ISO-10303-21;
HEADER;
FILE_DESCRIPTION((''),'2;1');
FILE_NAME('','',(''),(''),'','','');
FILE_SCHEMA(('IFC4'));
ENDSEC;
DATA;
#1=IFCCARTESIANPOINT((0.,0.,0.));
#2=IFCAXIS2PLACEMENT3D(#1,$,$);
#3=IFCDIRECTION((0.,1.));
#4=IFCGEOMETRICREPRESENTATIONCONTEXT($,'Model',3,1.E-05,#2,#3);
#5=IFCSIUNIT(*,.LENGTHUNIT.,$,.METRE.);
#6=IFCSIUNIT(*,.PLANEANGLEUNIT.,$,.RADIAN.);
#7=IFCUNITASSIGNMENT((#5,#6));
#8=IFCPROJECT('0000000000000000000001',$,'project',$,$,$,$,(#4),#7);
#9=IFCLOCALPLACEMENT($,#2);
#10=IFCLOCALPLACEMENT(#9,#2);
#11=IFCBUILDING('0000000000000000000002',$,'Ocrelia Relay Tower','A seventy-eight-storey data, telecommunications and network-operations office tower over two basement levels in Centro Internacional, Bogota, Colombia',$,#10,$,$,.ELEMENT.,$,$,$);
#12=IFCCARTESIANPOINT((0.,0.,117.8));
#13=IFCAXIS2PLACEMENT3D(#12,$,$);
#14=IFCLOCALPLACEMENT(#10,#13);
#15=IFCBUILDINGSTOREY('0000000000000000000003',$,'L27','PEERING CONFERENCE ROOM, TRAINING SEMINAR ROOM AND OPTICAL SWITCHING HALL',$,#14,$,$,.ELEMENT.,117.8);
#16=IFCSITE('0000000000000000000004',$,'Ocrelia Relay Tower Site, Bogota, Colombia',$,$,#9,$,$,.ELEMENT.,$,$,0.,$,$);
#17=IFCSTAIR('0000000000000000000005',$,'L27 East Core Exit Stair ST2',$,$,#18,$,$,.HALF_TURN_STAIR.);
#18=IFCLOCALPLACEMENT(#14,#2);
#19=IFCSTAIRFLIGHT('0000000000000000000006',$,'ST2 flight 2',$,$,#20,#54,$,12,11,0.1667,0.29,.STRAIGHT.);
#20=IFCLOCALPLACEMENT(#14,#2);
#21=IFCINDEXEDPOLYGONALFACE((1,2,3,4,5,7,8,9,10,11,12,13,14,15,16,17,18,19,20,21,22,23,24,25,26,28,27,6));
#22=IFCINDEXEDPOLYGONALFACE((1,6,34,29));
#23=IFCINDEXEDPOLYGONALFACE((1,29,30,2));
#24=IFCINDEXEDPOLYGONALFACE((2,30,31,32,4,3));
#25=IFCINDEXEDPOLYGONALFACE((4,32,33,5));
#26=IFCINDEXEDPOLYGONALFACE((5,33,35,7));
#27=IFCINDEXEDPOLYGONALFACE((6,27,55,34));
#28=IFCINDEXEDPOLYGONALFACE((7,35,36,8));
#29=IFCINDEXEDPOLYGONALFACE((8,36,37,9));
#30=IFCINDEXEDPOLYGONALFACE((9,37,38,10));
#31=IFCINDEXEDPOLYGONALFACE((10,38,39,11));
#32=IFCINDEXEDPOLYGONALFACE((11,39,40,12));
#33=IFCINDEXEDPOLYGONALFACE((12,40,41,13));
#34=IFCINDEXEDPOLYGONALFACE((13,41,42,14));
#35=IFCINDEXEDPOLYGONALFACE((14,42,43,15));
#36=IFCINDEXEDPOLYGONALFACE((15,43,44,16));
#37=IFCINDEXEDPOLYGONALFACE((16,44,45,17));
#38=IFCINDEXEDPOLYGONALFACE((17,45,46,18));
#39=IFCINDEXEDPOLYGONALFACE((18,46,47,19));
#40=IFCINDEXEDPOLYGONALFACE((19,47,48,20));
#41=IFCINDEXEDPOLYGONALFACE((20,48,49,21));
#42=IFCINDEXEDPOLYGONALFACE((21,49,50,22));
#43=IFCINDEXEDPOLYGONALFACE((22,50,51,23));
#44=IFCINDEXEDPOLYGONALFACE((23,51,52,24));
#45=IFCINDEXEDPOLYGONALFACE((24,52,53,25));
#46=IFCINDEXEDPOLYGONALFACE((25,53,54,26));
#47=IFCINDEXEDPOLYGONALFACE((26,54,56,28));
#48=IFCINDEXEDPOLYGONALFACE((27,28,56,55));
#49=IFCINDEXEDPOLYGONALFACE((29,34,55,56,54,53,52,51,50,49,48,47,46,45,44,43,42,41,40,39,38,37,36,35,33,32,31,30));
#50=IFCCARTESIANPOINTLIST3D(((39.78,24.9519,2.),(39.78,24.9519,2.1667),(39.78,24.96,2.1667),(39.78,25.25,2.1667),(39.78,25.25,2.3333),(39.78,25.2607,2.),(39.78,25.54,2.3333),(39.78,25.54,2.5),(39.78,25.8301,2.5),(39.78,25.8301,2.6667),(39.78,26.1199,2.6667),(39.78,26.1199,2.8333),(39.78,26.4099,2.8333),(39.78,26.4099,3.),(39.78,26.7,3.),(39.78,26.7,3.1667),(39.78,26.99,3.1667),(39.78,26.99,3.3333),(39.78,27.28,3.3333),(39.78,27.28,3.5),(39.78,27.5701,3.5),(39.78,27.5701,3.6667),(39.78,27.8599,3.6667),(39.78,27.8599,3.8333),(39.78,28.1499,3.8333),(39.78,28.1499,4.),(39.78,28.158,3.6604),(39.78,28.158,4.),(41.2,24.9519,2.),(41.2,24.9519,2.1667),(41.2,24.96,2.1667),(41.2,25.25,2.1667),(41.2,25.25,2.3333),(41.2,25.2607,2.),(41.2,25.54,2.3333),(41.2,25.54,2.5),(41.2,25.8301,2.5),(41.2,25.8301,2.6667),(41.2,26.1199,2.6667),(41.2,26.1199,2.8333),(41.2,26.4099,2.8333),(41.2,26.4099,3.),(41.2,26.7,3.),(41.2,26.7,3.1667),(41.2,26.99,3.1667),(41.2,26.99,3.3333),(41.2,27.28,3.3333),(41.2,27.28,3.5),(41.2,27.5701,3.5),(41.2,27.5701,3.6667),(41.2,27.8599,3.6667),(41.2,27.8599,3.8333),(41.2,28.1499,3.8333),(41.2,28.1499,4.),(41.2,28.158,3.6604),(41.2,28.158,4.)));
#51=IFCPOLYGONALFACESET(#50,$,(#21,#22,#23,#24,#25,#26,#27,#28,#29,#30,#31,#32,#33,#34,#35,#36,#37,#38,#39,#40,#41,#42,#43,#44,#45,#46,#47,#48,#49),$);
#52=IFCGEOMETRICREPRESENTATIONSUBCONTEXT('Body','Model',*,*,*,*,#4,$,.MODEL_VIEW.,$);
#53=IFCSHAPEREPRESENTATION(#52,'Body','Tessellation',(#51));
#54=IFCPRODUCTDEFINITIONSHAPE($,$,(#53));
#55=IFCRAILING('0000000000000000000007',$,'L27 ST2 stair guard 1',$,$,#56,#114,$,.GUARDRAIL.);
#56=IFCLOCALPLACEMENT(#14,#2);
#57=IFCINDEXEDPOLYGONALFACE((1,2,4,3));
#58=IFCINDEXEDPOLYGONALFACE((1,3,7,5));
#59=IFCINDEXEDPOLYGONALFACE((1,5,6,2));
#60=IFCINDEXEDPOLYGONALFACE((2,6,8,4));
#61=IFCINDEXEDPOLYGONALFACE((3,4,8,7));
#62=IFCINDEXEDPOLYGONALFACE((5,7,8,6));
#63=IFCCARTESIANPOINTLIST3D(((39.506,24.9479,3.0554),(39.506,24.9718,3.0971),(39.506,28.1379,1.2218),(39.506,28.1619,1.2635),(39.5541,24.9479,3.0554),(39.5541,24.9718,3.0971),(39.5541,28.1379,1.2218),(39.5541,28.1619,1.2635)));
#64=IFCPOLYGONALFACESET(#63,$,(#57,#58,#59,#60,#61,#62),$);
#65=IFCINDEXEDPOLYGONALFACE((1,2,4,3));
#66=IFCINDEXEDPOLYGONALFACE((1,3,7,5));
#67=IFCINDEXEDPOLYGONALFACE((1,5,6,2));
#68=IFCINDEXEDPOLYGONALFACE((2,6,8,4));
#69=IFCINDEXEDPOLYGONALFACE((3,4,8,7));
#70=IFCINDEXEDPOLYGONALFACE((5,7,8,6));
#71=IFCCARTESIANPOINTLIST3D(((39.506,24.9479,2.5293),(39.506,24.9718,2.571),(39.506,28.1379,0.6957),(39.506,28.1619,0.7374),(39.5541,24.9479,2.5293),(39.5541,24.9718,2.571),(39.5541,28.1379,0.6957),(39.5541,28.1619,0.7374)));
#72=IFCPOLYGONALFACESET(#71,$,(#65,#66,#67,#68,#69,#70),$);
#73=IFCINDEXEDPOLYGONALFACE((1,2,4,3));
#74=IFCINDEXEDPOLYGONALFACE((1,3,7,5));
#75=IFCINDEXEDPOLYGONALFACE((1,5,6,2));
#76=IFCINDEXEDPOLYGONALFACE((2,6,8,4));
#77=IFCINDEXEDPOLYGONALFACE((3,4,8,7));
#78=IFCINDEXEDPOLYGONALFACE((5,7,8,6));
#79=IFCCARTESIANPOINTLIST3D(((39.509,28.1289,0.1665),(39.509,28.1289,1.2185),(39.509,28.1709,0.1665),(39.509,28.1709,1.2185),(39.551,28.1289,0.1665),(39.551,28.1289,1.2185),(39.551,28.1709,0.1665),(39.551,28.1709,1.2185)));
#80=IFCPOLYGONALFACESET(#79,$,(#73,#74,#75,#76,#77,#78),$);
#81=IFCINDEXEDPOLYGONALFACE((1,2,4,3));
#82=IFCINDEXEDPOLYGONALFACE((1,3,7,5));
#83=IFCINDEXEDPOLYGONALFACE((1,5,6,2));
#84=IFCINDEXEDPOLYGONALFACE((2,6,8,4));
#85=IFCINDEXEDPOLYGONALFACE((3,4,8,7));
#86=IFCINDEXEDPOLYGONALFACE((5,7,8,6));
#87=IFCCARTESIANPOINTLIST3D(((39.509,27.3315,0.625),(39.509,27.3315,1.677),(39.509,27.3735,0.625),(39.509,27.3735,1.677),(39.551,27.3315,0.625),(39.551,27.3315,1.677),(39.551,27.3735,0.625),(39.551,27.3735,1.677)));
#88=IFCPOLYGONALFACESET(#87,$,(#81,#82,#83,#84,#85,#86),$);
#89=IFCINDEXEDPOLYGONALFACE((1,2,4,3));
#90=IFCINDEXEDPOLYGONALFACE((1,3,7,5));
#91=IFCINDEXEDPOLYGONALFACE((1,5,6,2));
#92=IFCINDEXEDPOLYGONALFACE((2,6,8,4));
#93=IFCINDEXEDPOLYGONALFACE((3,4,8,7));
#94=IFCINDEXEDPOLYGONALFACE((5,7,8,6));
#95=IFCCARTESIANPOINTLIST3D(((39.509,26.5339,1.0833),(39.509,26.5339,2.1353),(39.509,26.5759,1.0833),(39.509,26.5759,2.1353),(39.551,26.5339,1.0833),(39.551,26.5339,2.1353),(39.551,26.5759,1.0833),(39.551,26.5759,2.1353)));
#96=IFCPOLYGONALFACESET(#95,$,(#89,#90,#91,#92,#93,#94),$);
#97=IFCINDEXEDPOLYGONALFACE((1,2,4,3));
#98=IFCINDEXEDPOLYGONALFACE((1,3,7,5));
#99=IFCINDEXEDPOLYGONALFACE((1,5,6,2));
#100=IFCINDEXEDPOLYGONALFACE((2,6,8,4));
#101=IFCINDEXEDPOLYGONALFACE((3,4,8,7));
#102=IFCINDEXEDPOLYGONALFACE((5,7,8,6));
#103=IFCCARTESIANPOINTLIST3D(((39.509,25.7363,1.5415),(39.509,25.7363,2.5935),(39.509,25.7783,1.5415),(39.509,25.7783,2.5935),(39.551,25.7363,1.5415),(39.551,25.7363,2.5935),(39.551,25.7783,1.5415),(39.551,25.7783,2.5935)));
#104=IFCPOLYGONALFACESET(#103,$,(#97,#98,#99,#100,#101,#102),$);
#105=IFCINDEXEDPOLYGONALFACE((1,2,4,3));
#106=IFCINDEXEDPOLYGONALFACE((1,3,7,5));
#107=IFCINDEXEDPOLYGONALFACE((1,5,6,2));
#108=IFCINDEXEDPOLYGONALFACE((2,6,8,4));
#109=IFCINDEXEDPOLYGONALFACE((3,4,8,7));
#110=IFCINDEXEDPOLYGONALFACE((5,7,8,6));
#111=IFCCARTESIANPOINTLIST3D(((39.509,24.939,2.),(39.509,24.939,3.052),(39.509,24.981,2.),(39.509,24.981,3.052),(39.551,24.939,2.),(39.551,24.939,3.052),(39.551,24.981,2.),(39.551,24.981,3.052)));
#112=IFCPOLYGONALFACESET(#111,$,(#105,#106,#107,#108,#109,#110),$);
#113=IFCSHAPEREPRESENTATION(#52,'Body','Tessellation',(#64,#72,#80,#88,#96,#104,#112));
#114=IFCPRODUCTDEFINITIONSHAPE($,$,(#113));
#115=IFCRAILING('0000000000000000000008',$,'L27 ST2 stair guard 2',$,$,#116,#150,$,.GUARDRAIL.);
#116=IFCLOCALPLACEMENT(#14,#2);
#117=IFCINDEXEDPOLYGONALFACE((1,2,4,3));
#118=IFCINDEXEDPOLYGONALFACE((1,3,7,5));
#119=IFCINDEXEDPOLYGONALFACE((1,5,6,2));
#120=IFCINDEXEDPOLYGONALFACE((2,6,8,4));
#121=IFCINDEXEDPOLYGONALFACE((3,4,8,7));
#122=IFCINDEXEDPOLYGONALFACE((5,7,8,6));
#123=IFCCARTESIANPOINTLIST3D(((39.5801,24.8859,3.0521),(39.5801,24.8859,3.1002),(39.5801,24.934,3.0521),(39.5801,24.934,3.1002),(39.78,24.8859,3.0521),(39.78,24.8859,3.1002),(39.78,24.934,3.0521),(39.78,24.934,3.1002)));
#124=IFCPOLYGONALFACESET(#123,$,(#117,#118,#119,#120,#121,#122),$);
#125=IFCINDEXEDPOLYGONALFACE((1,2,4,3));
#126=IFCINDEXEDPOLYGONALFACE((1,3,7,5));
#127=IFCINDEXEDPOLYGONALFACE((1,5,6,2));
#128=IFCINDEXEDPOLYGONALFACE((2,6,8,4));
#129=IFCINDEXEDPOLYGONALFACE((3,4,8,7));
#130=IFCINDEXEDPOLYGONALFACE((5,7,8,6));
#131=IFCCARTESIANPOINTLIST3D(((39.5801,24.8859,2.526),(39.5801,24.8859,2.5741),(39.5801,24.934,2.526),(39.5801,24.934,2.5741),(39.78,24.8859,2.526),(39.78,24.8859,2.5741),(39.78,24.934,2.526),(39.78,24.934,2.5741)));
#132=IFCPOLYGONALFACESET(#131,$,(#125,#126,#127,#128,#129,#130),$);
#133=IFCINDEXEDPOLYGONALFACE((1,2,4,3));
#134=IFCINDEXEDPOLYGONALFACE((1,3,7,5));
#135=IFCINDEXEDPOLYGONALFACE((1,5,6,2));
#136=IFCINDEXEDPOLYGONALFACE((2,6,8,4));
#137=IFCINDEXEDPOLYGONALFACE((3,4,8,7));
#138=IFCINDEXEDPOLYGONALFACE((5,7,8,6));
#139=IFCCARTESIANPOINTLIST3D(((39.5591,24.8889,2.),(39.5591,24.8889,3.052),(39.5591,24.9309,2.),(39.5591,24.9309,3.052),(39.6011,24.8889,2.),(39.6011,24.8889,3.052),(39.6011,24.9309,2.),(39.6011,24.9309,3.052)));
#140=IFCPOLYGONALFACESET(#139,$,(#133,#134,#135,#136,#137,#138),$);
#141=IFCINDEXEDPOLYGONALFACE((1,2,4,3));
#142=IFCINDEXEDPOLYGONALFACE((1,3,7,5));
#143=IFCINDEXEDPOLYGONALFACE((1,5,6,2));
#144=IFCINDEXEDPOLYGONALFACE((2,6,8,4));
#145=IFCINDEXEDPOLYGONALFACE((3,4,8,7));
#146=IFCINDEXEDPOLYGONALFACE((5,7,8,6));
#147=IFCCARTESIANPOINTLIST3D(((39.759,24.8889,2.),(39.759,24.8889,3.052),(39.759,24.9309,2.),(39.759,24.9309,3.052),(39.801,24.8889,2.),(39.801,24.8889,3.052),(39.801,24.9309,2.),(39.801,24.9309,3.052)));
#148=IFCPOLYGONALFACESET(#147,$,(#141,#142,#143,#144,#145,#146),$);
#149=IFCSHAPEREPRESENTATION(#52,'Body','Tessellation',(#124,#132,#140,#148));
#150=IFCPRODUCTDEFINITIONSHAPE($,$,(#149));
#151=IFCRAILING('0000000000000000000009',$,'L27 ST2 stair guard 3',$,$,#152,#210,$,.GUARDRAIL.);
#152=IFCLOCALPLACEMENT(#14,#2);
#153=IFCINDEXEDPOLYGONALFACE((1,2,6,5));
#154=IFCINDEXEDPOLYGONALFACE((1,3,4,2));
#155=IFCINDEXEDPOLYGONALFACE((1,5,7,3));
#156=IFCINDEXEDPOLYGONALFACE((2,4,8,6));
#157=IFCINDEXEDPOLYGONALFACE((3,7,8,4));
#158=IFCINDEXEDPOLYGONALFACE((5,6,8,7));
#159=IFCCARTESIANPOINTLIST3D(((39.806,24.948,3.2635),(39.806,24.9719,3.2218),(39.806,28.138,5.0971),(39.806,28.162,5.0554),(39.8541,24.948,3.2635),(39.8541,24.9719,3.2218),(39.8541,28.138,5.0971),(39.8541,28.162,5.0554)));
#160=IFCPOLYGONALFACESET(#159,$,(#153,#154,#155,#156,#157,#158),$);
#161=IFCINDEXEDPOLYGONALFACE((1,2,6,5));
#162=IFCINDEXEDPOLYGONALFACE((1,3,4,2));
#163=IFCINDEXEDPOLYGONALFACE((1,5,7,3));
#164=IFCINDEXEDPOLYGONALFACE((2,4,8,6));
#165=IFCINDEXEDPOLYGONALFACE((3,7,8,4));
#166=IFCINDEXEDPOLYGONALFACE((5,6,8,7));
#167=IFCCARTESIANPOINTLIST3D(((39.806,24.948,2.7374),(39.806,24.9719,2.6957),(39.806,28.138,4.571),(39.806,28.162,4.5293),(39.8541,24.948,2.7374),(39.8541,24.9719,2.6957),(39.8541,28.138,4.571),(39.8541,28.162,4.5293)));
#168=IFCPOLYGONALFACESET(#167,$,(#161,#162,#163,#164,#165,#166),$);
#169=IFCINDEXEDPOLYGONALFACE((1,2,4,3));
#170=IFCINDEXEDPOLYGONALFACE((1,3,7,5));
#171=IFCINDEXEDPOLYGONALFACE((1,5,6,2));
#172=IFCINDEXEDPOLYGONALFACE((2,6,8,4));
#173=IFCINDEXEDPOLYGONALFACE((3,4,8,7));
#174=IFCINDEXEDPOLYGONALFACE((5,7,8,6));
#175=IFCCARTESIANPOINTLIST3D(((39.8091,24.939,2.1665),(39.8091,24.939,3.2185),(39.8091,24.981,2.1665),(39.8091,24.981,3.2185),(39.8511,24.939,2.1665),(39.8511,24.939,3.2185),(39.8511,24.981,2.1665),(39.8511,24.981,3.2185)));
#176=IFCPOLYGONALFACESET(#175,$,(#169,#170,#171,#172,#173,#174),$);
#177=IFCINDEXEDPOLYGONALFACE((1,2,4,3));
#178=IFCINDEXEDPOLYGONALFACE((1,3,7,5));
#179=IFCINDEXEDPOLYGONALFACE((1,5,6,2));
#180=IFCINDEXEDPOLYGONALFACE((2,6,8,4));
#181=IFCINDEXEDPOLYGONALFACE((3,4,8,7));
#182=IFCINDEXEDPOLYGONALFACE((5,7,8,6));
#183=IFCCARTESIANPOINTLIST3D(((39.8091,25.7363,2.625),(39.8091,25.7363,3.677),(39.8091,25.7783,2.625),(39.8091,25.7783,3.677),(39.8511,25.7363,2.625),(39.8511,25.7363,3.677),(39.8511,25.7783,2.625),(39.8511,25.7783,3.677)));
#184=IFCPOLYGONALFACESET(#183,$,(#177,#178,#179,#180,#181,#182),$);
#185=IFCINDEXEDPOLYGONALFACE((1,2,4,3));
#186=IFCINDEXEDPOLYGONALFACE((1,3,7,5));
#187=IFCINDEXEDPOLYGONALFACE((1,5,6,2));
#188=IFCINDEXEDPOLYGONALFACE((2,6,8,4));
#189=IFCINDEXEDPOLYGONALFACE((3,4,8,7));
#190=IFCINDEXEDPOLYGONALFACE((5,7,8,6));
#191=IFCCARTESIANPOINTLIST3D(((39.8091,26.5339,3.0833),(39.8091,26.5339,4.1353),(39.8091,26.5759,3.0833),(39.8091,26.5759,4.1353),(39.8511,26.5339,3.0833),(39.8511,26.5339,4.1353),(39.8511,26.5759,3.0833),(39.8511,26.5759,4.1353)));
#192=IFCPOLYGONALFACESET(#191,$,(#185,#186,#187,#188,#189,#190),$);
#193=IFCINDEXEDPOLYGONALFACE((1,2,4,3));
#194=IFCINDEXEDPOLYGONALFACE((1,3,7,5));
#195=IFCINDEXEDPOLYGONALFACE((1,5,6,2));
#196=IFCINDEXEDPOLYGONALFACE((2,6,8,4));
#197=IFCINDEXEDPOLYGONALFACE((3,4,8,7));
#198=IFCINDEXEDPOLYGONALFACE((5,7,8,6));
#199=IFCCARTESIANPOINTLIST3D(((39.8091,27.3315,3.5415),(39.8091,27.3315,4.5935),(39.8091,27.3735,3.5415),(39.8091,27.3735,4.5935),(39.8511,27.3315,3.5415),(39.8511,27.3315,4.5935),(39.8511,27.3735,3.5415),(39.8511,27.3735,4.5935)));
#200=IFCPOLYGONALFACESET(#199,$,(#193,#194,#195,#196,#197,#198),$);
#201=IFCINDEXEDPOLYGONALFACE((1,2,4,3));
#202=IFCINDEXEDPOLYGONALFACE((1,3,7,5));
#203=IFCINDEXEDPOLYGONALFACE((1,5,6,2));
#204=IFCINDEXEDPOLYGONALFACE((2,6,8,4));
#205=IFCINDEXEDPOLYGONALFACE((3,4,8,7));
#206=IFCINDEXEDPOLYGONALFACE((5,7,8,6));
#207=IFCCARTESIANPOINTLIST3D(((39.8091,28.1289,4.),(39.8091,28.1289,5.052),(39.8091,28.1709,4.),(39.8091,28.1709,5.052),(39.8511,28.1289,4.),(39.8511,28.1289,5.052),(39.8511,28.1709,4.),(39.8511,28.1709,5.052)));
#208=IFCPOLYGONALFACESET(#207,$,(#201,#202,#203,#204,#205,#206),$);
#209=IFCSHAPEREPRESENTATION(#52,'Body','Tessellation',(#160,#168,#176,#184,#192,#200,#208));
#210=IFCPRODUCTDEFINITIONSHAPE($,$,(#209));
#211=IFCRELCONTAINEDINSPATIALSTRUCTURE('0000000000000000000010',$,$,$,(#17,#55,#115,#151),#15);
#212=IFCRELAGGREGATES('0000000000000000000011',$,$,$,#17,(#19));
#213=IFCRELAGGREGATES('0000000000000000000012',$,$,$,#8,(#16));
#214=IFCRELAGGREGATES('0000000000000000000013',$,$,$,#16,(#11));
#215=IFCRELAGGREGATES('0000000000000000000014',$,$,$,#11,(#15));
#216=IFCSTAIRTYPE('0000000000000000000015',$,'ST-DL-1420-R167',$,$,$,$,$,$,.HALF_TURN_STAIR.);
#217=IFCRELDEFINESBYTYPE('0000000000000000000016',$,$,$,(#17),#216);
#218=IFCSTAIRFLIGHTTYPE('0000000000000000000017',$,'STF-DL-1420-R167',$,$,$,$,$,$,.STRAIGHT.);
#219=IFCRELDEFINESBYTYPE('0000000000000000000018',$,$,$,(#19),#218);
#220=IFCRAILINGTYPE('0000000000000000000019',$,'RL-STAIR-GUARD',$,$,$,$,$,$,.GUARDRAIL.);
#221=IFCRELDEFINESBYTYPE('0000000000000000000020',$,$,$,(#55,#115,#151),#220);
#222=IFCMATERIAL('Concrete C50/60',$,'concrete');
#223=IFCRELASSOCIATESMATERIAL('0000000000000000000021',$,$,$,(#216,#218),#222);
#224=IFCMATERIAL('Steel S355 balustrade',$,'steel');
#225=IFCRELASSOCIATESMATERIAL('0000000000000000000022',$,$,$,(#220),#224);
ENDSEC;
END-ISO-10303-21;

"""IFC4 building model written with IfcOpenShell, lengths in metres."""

from ifc_helpers import new_model, si_unit, direction, frame, origin, origin_2d, place, context, subcontext, project, spatial, polyline, rectangle, outline, extrude, material, type_object, element, aggregate, save


model = new_model("IFC4")

# Units and contexts
model_context = context("Model", 3, precision=1e-05, world=origin(), true_north=direction((0.0, 1.0)))
body_context = subcontext(model_context, "Body", "Model", "MODEL_VIEW")
ifc_project = project(units=[si_unit("LENGTHUNIT", "METRE"), si_unit("PLANEANGLEUNIT", "RADIAN")], contexts=[model_context])

# Site, building, storey
site_placement = place(None, origin())
site = spatial("IfcSite", under=ifc_project, at=site_placement, Name="Ocrelia Relay Tower Site, Bogota, Colombia", CompositionType="ELEMENT", RefElevation=0.0)
building_placement = place(site_placement, origin())
building = spatial("IfcBuilding", under=site, at=building_placement, Name="Ocrelia Relay Tower", Description="A seventy-eight-storey data, telecommunications and network-operations office tower over two basement levels in Centro Internacional, Bogota, Colombia", CompositionType="ELEMENT")
storey_placement = place(building_placement, frame((0.0, 0.0, 117.8)))
storey = spatial("IfcBuildingStorey", under=building, at=storey_placement, Name="L27", Description="PEERING CONFERENCE ROOM, TRAINING SEMINAR ROOM AND OPTICAL SWITCHING HALL", CompositionType="ELEMENT", Elevation=117.8)

# Shared definitions
ifc_material_1 = material(Name="Concrete C50/60", Category="concrete")

# Stair, stair flight
stair_type = type_object("IfcStairType", Name="ST-DL-1420-R167", PredefinedType="HALF_TURN_STAIR", material=ifc_material_1)
stair_placement = place(storey_placement, origin())
stair = element("IfcStair", 1, at=stair_placement, inside=storey, type_object=stair_type, Name="L27 East Core Exit Stair ST2", PredefinedType="HALF_TURN_STAIR")
stair_flight_type = type_object("IfcStairFlightType", Name="STF-DL-1420-R167", PredefinedType="STRAIGHT", material=ifc_material_1)
stair_flight_1_placement = place(storey_placement, frame((40.49, 24.96, 2.0), z_axis=(0.0, 0.0, 1.0), x_axis=(0.0, 1.0, 0.0)))
stair_flight_1 = element("IfcStairFlight", 2, at=stair_flight_1_placement, type_object=stair_flight_type, Name="ST2 flight 2", NumberOfRisers=12, NumberOfTreads=11, PredefinedType="STRAIGHT", RiserHeight=0.1667, TreadLength=0.29, context=body_context, shape_type="SweptSolid", body=[
    extrude(outline(polyline([(-0.0081, 0.0), (-0.0081, 0.1667), (0.0, 0.1667), (0.29, 0.1667), (0.29, 0.3333), (0.5801, 0.3333), (0.5801, 0.5), (0.8701, 0.5), (0.8701, 0.6667), (1.1599, 0.6667), (1.1599, 0.8333), (1.45, 0.8333), (1.45, 1.0), (1.74, 1.0), (1.74, 1.1667), (2.03, 1.1667), (2.03, 1.3333), (2.3201, 1.3333), (2.3201, 1.5), (2.6101, 1.5), (2.6101, 1.6667), (2.8999, 1.6667), (2.8999, 1.8333), (3.1899, 1.8333), (3.1899, 2.0), (3.198, 2.0), (3.198, 1.6604), (0.3008, 0.0), (-0.0081, 0.0)])), frame((0.0, 0.71, 0.0), z_axis=(0.0, -1.0, 0.0), x_axis=(1.0, 0.0, 0.0)), (0.0, 0.0, 1.0), 1.4199),
])
aggregate(stair, [stair_flight_1])

# Railings
ifc_material_2 = material(Name="Steel S355 balustrade", Category="steel")
railing_type_1 = type_object("IfcRailingType", Name="RL-STAIR-GUARD", PredefinedType="GUARDRAIL", material=ifc_material_2)
railing_1_placement = place(storey_placement, frame((39.53, 28.1499, 0.1665)))
element("IfcRailing", 3, at=railing_1_placement, inside=storey, type_object=railing_type_1, Name="L27 ST2 stair guard 1", PredefinedType="GUARDRAIL", context=body_context, shape_type="SweptSolid", body=[
    extrude(rectangle(XDim=0.0481, YDim=0.0481, at=origin_2d()), frame((0.0, 0.0, 1.0762), z_axis=(0.0, -0.866991, 0.498324), x_axis=(1.0, 0.0, 0.0)), (0.0, 0.0, 1.0), 3.6794),
    extrude(rectangle(XDim=0.0481, YDim=0.0481, at=origin_2d()), frame((0.0, 0.0, 0.55), z_axis=(0.0, -0.866991, 0.498324), x_axis=(1.0, 0.0, 0.0)), (0.0, 0.0, 1.0), 3.6794),
    extrude(rectangle(XDim=0.042, YDim=0.042, at=origin_2d()), origin(), (0.0, 0.0, 1.0), 1.052),
    extrude(rectangle(XDim=0.042, YDim=0.042, at=origin_2d()), frame((0.0, -0.7974, 0.4585)), (0.0, 0.0, 1.0), 1.052),
    extrude(rectangle(XDim=0.042, YDim=0.042, at=origin_2d()), frame((0.0, -1.595, 0.9167)), (0.0, 0.0, 1.0), 1.052),
    extrude(rectangle(XDim=0.042, YDim=0.042, at=origin_2d()), frame((0.0, -2.3926, 1.375)), (0.0, 0.0, 1.0), 1.052),
    extrude(rectangle(XDim=0.042, YDim=0.042, at=origin_2d()), frame((0.0, -3.1899, 1.8335)), (0.0, 0.0, 1.0), 1.052),
])
railing_2_placement = place(storey_placement, frame((39.5801, 24.9099, 2.0)))
element("IfcRailing", 4, at=railing_2_placement, inside=storey, type_object=railing_type_1, Name="L27 ST2 stair guard 2", PredefinedType="GUARDRAIL", context=body_context, shape_type="SweptSolid", body=[
    extrude(rectangle(XDim=0.0481, YDim=0.0481, at=origin_2d()), frame((0.0, 0.0, 1.0762), z_axis=(1.0, 0.0, 0.0), x_axis=(0.0, 1.0, 0.0)), (0.0, 0.0, 1.0), 0.2),
    extrude(rectangle(XDim=0.0481, YDim=0.0481, at=origin_2d()), frame((0.0, 0.0, 0.55), z_axis=(1.0, 0.0, 0.0), x_axis=(0.0, 1.0, 0.0)), (0.0, 0.0, 1.0), 0.2),
    extrude(rectangle(XDim=0.042, YDim=0.042, at=origin_2d()), origin(), (0.0, 0.0, 1.0), 1.052),
    extrude(rectangle(XDim=0.042, YDim=0.042, at=origin_2d()), frame((0.2, 0.0, 0.0)), (0.0, 0.0, 1.0), 1.052),
])
railing_3_placement = place(storey_placement, frame((39.8301, 24.96, 2.1665)))
element("IfcRailing", 5, at=railing_3_placement, inside=storey, type_object=railing_type_1, Name="L27 ST2 stair guard 3", PredefinedType="GUARDRAIL", context=body_context, shape_type="SweptSolid", body=[
    extrude(rectangle(XDim=0.0481, YDim=0.0481, at=origin_2d()), frame((0.0, 0.0, 1.0762), z_axis=(0.0, 0.866991, 0.498324), x_axis=(-1.0, 0.0, 0.0)), (0.0, 0.0, 1.0), 3.6794),
    extrude(rectangle(XDim=0.0481, YDim=0.0481, at=origin_2d()), frame((0.0, 0.0, 0.55), z_axis=(0.0, 0.866991, 0.498324), x_axis=(-1.0, 0.0, 0.0)), (0.0, 0.0, 1.0), 3.6794),
    extrude(rectangle(XDim=0.042, YDim=0.042, at=origin_2d()), origin(), (0.0, 0.0, 1.0), 1.052),
    extrude(rectangle(XDim=0.042, YDim=0.042, at=origin_2d()), frame((0.0, 0.7974, 0.4585)), (0.0, 0.0, 1.0), 1.052),
    extrude(rectangle(XDim=0.042, YDim=0.042, at=origin_2d()), frame((0.0, 1.595, 0.9167)), (0.0, 0.0, 1.0), 1.052),
    extrude(rectangle(XDim=0.042, YDim=0.042, at=origin_2d()), frame((0.0, 2.3926, 1.375)), (0.0, 0.0, 1.0), 1.052),
    extrude(rectangle(XDim=0.042, YDim=0.042, at=origin_2d()), frame((0.0, 3.1899, 1.8335)), (0.0, 0.0, 1.0), 1.052),
])

save(model, "model.ifc")
